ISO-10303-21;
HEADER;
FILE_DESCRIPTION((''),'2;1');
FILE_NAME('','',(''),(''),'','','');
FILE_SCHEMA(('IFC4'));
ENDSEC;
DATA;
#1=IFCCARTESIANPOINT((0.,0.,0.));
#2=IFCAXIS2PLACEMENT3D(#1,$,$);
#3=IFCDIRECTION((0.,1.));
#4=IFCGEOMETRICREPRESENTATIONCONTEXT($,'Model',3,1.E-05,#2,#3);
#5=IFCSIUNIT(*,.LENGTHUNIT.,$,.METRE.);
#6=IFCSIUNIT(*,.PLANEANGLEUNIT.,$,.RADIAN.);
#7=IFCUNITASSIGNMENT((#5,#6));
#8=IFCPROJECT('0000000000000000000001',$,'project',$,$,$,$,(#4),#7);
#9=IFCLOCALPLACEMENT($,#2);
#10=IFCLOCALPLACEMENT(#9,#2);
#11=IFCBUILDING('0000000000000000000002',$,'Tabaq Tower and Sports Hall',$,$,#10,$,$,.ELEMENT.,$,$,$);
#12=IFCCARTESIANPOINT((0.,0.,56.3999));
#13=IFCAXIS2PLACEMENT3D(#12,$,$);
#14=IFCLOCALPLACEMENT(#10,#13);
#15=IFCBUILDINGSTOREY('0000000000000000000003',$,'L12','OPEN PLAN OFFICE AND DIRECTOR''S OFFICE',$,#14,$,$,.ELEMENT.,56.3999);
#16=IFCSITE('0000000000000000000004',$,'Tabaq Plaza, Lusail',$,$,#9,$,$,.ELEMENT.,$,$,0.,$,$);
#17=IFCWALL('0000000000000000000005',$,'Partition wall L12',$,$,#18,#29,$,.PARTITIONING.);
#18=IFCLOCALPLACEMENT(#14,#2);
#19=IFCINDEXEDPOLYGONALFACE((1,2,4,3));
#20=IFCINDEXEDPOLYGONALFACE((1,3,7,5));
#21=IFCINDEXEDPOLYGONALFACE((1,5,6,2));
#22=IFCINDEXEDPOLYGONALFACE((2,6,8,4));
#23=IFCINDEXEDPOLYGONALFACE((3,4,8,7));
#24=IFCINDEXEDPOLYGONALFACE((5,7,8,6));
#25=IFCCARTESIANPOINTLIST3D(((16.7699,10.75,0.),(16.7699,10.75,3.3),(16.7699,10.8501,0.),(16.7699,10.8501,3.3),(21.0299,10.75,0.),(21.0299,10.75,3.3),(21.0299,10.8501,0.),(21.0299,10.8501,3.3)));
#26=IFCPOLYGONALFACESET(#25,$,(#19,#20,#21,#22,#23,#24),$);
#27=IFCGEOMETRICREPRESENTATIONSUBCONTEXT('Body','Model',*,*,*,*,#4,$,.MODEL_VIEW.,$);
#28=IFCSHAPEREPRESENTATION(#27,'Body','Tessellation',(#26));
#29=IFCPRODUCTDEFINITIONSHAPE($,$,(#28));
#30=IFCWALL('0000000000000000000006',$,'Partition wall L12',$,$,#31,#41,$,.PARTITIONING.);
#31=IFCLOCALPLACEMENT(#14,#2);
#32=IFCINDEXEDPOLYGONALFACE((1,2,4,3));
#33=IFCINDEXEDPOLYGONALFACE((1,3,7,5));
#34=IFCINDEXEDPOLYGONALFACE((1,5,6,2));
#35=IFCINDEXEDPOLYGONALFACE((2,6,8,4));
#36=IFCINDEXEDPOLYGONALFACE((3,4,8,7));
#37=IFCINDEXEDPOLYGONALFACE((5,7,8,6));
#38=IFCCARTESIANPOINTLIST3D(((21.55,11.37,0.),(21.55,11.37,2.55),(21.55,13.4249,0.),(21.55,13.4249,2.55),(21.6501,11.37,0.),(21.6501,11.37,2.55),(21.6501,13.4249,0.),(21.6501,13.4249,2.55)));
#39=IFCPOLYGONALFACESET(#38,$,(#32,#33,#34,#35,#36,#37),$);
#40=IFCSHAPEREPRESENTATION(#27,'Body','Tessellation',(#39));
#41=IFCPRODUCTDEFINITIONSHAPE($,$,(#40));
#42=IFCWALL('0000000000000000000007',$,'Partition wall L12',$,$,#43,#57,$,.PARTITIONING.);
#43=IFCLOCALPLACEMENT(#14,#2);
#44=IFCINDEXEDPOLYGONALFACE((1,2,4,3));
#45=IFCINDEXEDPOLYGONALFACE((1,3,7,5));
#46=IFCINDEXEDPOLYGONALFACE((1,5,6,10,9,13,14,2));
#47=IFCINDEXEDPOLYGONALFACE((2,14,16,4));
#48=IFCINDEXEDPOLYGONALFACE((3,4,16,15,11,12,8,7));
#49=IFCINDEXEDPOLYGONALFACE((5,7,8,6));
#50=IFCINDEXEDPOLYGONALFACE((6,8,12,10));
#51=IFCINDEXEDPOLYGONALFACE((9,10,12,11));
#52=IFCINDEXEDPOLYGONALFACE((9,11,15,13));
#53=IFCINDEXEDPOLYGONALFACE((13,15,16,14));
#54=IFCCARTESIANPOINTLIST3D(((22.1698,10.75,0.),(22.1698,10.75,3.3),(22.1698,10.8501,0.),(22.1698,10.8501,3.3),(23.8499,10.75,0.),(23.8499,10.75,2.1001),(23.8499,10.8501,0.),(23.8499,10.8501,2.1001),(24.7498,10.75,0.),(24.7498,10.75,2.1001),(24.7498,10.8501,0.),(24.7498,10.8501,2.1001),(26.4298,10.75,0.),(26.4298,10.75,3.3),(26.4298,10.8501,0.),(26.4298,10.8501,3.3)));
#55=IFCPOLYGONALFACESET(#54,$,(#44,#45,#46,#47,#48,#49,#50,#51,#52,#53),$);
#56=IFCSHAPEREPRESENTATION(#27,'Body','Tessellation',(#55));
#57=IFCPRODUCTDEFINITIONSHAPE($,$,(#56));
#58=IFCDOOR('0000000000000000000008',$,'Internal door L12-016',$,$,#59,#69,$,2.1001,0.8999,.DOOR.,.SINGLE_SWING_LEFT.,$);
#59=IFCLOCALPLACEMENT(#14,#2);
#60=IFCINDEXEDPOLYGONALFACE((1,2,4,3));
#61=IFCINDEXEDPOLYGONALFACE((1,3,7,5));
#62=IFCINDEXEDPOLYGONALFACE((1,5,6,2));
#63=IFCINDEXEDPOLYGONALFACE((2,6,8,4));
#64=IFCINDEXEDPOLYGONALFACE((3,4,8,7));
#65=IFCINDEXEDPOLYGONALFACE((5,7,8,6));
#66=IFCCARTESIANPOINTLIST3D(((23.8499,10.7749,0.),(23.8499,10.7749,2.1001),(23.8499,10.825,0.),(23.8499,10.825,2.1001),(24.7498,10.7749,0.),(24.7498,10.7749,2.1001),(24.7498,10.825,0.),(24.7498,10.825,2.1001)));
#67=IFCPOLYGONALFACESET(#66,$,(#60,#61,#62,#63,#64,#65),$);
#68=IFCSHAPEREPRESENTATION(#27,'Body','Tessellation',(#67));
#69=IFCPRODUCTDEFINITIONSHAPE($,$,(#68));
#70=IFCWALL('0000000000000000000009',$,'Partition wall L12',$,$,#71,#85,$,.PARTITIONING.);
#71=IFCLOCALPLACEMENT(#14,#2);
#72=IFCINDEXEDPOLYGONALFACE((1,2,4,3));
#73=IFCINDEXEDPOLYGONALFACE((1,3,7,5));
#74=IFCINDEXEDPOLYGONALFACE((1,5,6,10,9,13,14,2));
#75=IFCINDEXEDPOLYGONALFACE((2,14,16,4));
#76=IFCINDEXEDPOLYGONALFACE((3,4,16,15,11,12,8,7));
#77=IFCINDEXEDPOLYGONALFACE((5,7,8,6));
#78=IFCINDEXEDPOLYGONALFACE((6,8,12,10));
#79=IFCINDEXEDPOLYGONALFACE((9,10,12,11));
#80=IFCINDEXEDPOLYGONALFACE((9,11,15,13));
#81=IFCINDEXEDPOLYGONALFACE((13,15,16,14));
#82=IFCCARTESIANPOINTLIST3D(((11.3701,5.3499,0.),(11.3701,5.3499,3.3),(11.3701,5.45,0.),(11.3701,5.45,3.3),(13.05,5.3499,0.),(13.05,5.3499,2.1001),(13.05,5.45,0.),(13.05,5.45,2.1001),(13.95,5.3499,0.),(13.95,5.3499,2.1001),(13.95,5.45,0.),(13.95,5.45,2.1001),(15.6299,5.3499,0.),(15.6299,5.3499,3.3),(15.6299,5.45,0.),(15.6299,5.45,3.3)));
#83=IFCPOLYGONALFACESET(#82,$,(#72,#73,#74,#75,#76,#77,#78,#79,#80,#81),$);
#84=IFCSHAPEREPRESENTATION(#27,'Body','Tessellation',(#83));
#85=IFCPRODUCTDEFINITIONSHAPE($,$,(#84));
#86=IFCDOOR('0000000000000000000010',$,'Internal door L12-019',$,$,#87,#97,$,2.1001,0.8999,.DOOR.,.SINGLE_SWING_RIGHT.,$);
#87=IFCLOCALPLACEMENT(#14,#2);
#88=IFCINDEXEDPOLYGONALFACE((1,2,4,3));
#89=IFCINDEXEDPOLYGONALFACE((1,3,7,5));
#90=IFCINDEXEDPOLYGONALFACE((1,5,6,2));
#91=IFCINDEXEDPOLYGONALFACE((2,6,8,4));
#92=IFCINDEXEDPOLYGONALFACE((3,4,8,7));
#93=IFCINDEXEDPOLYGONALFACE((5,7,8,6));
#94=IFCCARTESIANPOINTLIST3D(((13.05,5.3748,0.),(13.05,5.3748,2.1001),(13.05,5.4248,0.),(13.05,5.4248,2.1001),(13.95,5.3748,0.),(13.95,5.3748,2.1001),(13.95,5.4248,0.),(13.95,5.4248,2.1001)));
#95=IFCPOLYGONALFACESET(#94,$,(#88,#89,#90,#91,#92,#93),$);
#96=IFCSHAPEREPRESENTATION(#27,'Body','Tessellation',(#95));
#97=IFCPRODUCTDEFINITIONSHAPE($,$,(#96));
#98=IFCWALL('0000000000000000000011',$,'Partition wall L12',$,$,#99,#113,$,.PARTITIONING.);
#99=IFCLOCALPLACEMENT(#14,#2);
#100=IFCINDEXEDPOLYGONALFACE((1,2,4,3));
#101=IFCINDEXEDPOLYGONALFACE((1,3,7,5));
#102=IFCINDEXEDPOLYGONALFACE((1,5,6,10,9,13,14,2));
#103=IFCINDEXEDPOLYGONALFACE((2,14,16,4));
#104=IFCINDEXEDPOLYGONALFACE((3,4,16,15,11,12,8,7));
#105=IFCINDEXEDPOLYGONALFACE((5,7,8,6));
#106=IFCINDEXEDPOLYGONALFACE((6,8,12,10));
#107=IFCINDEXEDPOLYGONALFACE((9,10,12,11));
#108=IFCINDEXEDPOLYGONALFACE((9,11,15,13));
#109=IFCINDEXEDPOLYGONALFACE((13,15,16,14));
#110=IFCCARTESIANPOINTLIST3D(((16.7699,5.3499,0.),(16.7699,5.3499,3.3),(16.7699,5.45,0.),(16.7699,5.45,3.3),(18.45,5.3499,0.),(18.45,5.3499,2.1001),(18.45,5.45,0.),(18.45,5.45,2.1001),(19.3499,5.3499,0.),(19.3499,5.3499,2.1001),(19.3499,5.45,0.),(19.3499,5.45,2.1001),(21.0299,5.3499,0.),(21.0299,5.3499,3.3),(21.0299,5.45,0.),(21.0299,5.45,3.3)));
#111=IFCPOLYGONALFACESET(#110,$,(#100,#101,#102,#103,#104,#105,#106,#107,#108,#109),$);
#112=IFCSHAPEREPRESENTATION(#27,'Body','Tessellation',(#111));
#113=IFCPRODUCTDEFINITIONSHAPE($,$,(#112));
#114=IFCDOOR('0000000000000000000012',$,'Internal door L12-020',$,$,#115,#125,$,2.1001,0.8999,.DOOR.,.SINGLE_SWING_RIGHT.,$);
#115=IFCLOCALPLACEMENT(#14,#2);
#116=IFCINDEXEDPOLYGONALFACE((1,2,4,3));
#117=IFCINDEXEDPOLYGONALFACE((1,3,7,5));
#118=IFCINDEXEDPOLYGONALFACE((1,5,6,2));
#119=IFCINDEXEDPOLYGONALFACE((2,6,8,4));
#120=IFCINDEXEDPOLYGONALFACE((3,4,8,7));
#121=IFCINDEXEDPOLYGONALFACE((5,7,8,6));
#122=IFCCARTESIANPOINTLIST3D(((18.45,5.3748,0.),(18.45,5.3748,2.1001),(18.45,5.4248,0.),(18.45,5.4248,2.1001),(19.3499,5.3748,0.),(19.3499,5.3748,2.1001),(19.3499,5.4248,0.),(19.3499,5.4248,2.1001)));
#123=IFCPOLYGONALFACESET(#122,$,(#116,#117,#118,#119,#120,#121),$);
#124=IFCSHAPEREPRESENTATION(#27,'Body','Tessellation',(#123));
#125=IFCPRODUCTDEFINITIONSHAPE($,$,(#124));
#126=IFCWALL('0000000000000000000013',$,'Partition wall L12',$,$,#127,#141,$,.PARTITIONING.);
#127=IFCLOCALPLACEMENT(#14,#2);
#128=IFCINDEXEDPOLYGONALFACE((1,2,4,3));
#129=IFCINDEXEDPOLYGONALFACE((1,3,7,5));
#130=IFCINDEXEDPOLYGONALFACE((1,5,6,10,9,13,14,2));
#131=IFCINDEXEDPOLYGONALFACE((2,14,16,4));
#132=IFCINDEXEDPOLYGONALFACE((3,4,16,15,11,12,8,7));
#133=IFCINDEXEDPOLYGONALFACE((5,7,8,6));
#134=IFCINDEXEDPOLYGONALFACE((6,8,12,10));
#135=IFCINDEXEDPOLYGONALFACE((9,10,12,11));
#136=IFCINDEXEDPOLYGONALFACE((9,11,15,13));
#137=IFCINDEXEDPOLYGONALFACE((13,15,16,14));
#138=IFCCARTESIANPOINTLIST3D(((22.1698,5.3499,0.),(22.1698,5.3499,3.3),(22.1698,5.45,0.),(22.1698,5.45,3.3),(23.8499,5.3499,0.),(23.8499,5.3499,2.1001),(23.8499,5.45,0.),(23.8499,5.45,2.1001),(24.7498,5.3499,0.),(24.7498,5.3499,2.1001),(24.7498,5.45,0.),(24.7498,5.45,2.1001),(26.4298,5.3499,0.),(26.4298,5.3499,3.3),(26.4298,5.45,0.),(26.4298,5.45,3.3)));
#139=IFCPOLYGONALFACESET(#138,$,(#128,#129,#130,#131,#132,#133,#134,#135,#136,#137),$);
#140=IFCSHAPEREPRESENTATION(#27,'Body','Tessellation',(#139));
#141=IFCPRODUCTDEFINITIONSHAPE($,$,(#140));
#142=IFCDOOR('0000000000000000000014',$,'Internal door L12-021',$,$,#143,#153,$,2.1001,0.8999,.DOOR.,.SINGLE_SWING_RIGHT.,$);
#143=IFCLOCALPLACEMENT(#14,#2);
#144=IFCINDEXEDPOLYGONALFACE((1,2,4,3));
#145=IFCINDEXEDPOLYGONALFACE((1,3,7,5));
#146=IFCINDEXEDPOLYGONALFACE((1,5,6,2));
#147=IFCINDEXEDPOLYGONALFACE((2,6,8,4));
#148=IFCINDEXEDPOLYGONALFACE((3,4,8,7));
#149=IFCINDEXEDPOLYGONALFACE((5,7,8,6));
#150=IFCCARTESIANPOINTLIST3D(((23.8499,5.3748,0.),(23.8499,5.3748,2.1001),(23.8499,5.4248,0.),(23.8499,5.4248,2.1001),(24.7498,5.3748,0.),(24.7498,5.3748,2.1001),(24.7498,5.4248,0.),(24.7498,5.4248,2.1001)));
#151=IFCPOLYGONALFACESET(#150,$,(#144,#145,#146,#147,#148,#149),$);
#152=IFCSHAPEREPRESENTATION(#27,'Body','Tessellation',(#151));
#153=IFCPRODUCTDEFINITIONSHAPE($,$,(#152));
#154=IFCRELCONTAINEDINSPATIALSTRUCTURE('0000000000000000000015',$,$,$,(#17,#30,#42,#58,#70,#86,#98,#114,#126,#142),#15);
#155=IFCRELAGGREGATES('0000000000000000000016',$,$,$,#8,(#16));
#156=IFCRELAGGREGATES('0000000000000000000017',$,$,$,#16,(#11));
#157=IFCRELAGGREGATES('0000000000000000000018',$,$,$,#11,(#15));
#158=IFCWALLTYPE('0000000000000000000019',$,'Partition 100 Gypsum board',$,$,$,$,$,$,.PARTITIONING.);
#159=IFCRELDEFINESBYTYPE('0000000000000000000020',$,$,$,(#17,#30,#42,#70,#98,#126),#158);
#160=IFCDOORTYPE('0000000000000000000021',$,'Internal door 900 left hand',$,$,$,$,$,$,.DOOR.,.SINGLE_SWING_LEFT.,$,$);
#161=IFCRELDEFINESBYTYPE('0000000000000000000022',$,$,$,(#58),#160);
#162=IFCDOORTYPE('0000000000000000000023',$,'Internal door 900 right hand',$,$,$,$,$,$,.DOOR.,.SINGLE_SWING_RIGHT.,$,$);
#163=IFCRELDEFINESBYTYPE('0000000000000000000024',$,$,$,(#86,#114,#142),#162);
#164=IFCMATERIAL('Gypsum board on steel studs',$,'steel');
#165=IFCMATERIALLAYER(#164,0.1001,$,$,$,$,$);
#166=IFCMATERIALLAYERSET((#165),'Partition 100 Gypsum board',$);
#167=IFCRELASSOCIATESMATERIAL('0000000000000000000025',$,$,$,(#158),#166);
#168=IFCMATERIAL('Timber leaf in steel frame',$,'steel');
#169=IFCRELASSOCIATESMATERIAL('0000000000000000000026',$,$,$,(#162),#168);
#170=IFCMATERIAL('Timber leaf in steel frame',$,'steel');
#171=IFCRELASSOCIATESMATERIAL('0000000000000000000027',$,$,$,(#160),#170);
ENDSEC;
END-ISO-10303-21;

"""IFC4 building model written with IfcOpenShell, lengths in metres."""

from ifc_helpers import new_model, si_unit, direction, frame, frame_2d, origin, place, context, subcontext, project, spatial, rectangle, extrude, material, layer, layer_set, type_object, element, fill, save


model = new_model("IFC4")

# Units and contexts
model_context = context("Model", 3, precision=1e-05, world=origin(), true_north=direction((0.0, 1.0)))
body_context = subcontext(model_context, "Body", "Model", "MODEL_VIEW")
ifc_project = project(units=[si_unit("LENGTHUNIT", "METRE"), si_unit("PLANEANGLEUNIT", "RADIAN")], contexts=[model_context])

# Site, building, storey
site_placement = place(None, origin())
site = spatial("IfcSite", under=ifc_project, at=site_placement, Name="Tabaq Plaza, Lusail", CompositionType="ELEMENT", RefElevation=0.0)
building_placement = place(site_placement, origin())
building = spatial("IfcBuilding", under=site, at=building_placement, Name="Tabaq Tower and Sports Hall", CompositionType="ELEMENT")
storey_placement = place(building_placement, frame((0.0, 0.0, 56.3999)))
storey = spatial("IfcBuildingStorey", under=building, at=storey_placement, Name="L12", Description="OPEN PLAN OFFICE AND DIRECTOR'S OFFICE", CompositionType="ELEMENT", Elevation=56.3999)

# Shared definitions
ifc_material_1 = material(Name="Gypsum board on steel studs", Category="steel")
ifc_layer = layer(ifc_material_1, 0.1001)
ifc_layer_set = layer_set([ifc_layer], Name="Partition 100 Gypsum board")
wall_type = type_object("IfcWallType", Name="Partition 100 Gypsum board", PredefinedType="PARTITIONING", material=ifc_layer_set)
ifc_material_2 = material(Name="Timber leaf in steel frame", Category="steel")
door_type_1 = type_object("IfcDoorType", Name="Internal door 900 right hand", OperationType="SINGLE_SWING_RIGHT", PredefinedType="DOOR", material=ifc_material_2)

# Walls
wall_1_placement = place(storey_placement, frame((16.77, 10.8, 0.0), z_axis=(0.0, 0.0, 1.0), x_axis=(1.0, 0.0, 0.0)))
element("IfcWall", 1, at=wall_1_placement, inside=storey, type_object=wall_type, Name="Partition wall L12", PredefinedType="PARTITIONING", context=body_context, shape_type="SweptSolid", body=[
    extrude(rectangle(XDim=4.26, YDim=0.1001, at=frame_2d((2.1299, 0.0))), origin(), (0.0, 0.0, 1.0), 3.3),
])
wall_2_placement = place(storey_placement, frame((21.6001, 11.3701, 0.0), z_axis=(0.0, 0.0, 1.0), x_axis=(0.0, 1.0, 0.0)))
element("IfcWall", 2, at=wall_2_placement, inside=storey, type_object=wall_type, Name="Partition wall L12", PredefinedType="PARTITIONING", context=body_context, shape_type="SweptSolid", body=[
    extrude(rectangle(XDim=2.0549, YDim=0.1001, at=frame_2d((1.0273, 0.0))), origin(), (0.0, 0.0, 1.0), 2.55),
])

# Walls, openings, doors
wall_3_placement = place(storey_placement, frame((22.1699, 10.8, 0.0), z_axis=(0.0, 0.0, 1.0), x_axis=(1.0, 0.0, 0.0)))
wall_3 = element("IfcWall", 3, at=wall_3_placement, inside=storey, type_object=wall_type, Name="Partition wall L12", PredefinedType="PARTITIONING", context=body_context, shape_type="SweptSolid", body=[
    extrude(rectangle(XDim=4.26, YDim=0.1001, at=frame_2d((2.1299, 0.0))), origin(), (0.0, 0.0, 1.0), 3.3),
])
opening_1_placement = place(wall_3_placement, frame((1.6799, 0.0, 0.0)))
opening_1 = element("IfcOpeningElement", 4, at=opening_1_placement, cuts=wall_3, PredefinedType="OPENING", context=body_context, shape_type="SweptSolid", body=[
    extrude(rectangle(XDim=0.8999, YDim=2.1001, at=frame_2d((0.45, 1.05))), frame((0.0, 0.05, 0.0), z_axis=(0.0, -1.0, 0.0), x_axis=(1.0, 0.0, 0.0)), (0.0, 0.0, 1.0), 0.1001),
])
ifc_material_3 = material(Name="Timber leaf in steel frame", Category="steel")
door_type_2 = type_object("IfcDoorType", Name="Internal door 900 left hand", OperationType="SINGLE_SWING_LEFT", PredefinedType="DOOR", material=ifc_material_3)
door_1_placement = place(opening_1_placement, origin())
door_1 = element("IfcDoor", 5, at=door_1_placement, inside=storey, type_object=door_type_2, Name="Internal door L12-016", OperationType="SINGLE_SWING_LEFT", OverallHeight=2.1001, OverallWidth=0.8999, PredefinedType="DOOR", context=body_context, shape_type="SweptSolid", body=[
    extrude(rectangle(XDim=0.8999, YDim=2.1001, at=frame_2d((0.45, 1.05))), frame((0.0, 0.0249, 0.0), z_axis=(0.0, -1.0, 0.0), x_axis=(1.0, 0.0, 0.0)), (0.0, 0.0, 1.0), 0.05),
])
fill(opening_1, door_1)
wall_4_placement = place(storey_placement, frame((11.3701, 5.3999, 0.0), z_axis=(0.0, 0.0, 1.0), x_axis=(1.0, 0.0, 0.0)))
wall_4 = element("IfcWall", 6, at=wall_4_placement, inside=storey, type_object=wall_type, Name="Partition wall L12", PredefinedType="PARTITIONING", context=body_context, shape_type="SweptSolid", body=[
    extrude(rectangle(XDim=4.2598, YDim=0.1001, at=frame_2d((2.1299, 0.0))), origin(), (0.0, 0.0, 1.0), 3.3),
])
opening_2_placement = place(wall_4_placement, frame((1.6799, 0.0, 0.0)))
opening_2 = element("IfcOpeningElement", 7, at=opening_2_placement, cuts=wall_4, PredefinedType="OPENING", context=body_context, shape_type="SweptSolid", body=[
    extrude(rectangle(XDim=0.8999, YDim=2.1001, at=frame_2d((0.45, 1.05))), frame((0.0, 0.05, 0.0), z_axis=(0.0, -1.0, 0.0), x_axis=(1.0, 0.0, 0.0)), (0.0, 0.0, 1.0), 0.1001),
])
door_2_placement = place(opening_2_placement, origin())
door_2 = element("IfcDoor", 8, at=door_2_placement, inside=storey, type_object=door_type_1, Name="Internal door L12-019", OperationType="SINGLE_SWING_RIGHT", OverallHeight=2.1001, OverallWidth=0.8999, PredefinedType="DOOR", context=body_context, shape_type="SweptSolid", body=[
    extrude(rectangle(XDim=0.8999, YDim=2.1001, at=frame_2d((0.45, 1.05))), frame((0.0, 0.0249, 0.0), z_axis=(0.0, -1.0, 0.0), x_axis=(1.0, 0.0, 0.0)), (0.0, 0.0, 1.0), 0.05),
])
fill(opening_2, door_2)
wall_5_placement = place(storey_placement, frame((16.77, 5.3999, 0.0), z_axis=(0.0, 0.0, 1.0), x_axis=(1.0, 0.0, 0.0)))
wall_5 = element("IfcWall", 9, at=wall_5_placement, inside=storey, type_object=wall_type, Name="Partition wall L12", PredefinedType="PARTITIONING", context=body_context, shape_type="SweptSolid", body=[
    extrude(rectangle(XDim=4.26, YDim=0.1001, at=frame_2d((2.1299, 0.0))), origin(), (0.0, 0.0, 1.0), 3.3),
])
opening_3_placement = place(wall_5_placement, frame((1.6799, 0.0, 0.0)))
opening_3 = element("IfcOpeningElement", 10, at=opening_3_placement, cuts=wall_5, PredefinedType="OPENING", context=body_context, shape_type="SweptSolid", body=[
    extrude(rectangle(XDim=0.8999, YDim=2.1001, at=frame_2d((0.45, 1.05))), frame((0.0, 0.05, 0.0), z_axis=(0.0, -1.0, 0.0), x_axis=(1.0, 0.0, 0.0)), (0.0, 0.0, 1.0), 0.1001),
])
door_3_placement = place(opening_3_placement, origin())
door_3 = element("IfcDoor", 11, at=door_3_placement, inside=storey, type_object=door_type_1, Name="Internal door L12-020", OperationType="SINGLE_SWING_RIGHT", OverallHeight=2.1001, OverallWidth=0.8999, PredefinedType="DOOR", context=body_context, shape_type="SweptSolid", body=[
    extrude(rectangle(XDim=0.8999, YDim=2.1001, at=frame_2d((0.45, 1.05))), frame((0.0, 0.0249, 0.0), z_axis=(0.0, -1.0, 0.0), x_axis=(1.0, 0.0, 0.0)), (0.0, 0.0, 1.0), 0.05),
])
fill(opening_3, door_3)
wall_6_placement = place(storey_placement, frame((22.1699, 5.3999, 0.0), z_axis=(0.0, 0.0, 1.0), x_axis=(1.0, 0.0, 0.0)))
wall_6 = element("IfcWall", 12, at=wall_6_placement, inside=storey, type_object=wall_type, Name="Partition wall L12", PredefinedType="PARTITIONING", context=body_context, shape_type="SweptSolid", body=[
    extrude(rectangle(XDim=4.26, YDim=0.1001, at=frame_2d((2.1299, 0.0))), origin(), (0.0, 0.0, 1.0), 3.3),
])
opening_4_placement = place(wall_6_placement, frame((1.6799, 0.0, 0.0)))
opening_4 = element("IfcOpeningElement", 13, at=opening_4_placement, cuts=wall_6, PredefinedType="OPENING", context=body_context, shape_type="SweptSolid", body=[
    extrude(rectangle(XDim=0.8999, YDim=2.1001, at=frame_2d((0.45, 1.05))), frame((0.0, 0.05, 0.0), z_axis=(0.0, -1.0, 0.0), x_axis=(1.0, 0.0, 0.0)), (0.0, 0.0, 1.0), 0.1001),
])
door_4_placement = place(opening_4_placement, origin())
door_4 = element("IfcDoor", 14, at=door_4_placement, inside=storey, type_object=door_type_1, Name="Internal door L12-021", OperationType="SINGLE_SWING_RIGHT", OverallHeight=2.1001, OverallWidth=0.8999, PredefinedType="DOOR", context=body_context, shape_type="SweptSolid", body=[
    extrude(rectangle(XDim=0.8999, YDim=2.1001, at=frame_2d((0.45, 1.05))), frame((0.0, 0.0249, 0.0), z_axis=(0.0, -1.0, 0.0), x_axis=(1.0, 0.0, 0.0)), (0.0, 0.0, 1.0), 0.05),
])
fill(opening_4, door_4)

save(model, "model.ifc")
